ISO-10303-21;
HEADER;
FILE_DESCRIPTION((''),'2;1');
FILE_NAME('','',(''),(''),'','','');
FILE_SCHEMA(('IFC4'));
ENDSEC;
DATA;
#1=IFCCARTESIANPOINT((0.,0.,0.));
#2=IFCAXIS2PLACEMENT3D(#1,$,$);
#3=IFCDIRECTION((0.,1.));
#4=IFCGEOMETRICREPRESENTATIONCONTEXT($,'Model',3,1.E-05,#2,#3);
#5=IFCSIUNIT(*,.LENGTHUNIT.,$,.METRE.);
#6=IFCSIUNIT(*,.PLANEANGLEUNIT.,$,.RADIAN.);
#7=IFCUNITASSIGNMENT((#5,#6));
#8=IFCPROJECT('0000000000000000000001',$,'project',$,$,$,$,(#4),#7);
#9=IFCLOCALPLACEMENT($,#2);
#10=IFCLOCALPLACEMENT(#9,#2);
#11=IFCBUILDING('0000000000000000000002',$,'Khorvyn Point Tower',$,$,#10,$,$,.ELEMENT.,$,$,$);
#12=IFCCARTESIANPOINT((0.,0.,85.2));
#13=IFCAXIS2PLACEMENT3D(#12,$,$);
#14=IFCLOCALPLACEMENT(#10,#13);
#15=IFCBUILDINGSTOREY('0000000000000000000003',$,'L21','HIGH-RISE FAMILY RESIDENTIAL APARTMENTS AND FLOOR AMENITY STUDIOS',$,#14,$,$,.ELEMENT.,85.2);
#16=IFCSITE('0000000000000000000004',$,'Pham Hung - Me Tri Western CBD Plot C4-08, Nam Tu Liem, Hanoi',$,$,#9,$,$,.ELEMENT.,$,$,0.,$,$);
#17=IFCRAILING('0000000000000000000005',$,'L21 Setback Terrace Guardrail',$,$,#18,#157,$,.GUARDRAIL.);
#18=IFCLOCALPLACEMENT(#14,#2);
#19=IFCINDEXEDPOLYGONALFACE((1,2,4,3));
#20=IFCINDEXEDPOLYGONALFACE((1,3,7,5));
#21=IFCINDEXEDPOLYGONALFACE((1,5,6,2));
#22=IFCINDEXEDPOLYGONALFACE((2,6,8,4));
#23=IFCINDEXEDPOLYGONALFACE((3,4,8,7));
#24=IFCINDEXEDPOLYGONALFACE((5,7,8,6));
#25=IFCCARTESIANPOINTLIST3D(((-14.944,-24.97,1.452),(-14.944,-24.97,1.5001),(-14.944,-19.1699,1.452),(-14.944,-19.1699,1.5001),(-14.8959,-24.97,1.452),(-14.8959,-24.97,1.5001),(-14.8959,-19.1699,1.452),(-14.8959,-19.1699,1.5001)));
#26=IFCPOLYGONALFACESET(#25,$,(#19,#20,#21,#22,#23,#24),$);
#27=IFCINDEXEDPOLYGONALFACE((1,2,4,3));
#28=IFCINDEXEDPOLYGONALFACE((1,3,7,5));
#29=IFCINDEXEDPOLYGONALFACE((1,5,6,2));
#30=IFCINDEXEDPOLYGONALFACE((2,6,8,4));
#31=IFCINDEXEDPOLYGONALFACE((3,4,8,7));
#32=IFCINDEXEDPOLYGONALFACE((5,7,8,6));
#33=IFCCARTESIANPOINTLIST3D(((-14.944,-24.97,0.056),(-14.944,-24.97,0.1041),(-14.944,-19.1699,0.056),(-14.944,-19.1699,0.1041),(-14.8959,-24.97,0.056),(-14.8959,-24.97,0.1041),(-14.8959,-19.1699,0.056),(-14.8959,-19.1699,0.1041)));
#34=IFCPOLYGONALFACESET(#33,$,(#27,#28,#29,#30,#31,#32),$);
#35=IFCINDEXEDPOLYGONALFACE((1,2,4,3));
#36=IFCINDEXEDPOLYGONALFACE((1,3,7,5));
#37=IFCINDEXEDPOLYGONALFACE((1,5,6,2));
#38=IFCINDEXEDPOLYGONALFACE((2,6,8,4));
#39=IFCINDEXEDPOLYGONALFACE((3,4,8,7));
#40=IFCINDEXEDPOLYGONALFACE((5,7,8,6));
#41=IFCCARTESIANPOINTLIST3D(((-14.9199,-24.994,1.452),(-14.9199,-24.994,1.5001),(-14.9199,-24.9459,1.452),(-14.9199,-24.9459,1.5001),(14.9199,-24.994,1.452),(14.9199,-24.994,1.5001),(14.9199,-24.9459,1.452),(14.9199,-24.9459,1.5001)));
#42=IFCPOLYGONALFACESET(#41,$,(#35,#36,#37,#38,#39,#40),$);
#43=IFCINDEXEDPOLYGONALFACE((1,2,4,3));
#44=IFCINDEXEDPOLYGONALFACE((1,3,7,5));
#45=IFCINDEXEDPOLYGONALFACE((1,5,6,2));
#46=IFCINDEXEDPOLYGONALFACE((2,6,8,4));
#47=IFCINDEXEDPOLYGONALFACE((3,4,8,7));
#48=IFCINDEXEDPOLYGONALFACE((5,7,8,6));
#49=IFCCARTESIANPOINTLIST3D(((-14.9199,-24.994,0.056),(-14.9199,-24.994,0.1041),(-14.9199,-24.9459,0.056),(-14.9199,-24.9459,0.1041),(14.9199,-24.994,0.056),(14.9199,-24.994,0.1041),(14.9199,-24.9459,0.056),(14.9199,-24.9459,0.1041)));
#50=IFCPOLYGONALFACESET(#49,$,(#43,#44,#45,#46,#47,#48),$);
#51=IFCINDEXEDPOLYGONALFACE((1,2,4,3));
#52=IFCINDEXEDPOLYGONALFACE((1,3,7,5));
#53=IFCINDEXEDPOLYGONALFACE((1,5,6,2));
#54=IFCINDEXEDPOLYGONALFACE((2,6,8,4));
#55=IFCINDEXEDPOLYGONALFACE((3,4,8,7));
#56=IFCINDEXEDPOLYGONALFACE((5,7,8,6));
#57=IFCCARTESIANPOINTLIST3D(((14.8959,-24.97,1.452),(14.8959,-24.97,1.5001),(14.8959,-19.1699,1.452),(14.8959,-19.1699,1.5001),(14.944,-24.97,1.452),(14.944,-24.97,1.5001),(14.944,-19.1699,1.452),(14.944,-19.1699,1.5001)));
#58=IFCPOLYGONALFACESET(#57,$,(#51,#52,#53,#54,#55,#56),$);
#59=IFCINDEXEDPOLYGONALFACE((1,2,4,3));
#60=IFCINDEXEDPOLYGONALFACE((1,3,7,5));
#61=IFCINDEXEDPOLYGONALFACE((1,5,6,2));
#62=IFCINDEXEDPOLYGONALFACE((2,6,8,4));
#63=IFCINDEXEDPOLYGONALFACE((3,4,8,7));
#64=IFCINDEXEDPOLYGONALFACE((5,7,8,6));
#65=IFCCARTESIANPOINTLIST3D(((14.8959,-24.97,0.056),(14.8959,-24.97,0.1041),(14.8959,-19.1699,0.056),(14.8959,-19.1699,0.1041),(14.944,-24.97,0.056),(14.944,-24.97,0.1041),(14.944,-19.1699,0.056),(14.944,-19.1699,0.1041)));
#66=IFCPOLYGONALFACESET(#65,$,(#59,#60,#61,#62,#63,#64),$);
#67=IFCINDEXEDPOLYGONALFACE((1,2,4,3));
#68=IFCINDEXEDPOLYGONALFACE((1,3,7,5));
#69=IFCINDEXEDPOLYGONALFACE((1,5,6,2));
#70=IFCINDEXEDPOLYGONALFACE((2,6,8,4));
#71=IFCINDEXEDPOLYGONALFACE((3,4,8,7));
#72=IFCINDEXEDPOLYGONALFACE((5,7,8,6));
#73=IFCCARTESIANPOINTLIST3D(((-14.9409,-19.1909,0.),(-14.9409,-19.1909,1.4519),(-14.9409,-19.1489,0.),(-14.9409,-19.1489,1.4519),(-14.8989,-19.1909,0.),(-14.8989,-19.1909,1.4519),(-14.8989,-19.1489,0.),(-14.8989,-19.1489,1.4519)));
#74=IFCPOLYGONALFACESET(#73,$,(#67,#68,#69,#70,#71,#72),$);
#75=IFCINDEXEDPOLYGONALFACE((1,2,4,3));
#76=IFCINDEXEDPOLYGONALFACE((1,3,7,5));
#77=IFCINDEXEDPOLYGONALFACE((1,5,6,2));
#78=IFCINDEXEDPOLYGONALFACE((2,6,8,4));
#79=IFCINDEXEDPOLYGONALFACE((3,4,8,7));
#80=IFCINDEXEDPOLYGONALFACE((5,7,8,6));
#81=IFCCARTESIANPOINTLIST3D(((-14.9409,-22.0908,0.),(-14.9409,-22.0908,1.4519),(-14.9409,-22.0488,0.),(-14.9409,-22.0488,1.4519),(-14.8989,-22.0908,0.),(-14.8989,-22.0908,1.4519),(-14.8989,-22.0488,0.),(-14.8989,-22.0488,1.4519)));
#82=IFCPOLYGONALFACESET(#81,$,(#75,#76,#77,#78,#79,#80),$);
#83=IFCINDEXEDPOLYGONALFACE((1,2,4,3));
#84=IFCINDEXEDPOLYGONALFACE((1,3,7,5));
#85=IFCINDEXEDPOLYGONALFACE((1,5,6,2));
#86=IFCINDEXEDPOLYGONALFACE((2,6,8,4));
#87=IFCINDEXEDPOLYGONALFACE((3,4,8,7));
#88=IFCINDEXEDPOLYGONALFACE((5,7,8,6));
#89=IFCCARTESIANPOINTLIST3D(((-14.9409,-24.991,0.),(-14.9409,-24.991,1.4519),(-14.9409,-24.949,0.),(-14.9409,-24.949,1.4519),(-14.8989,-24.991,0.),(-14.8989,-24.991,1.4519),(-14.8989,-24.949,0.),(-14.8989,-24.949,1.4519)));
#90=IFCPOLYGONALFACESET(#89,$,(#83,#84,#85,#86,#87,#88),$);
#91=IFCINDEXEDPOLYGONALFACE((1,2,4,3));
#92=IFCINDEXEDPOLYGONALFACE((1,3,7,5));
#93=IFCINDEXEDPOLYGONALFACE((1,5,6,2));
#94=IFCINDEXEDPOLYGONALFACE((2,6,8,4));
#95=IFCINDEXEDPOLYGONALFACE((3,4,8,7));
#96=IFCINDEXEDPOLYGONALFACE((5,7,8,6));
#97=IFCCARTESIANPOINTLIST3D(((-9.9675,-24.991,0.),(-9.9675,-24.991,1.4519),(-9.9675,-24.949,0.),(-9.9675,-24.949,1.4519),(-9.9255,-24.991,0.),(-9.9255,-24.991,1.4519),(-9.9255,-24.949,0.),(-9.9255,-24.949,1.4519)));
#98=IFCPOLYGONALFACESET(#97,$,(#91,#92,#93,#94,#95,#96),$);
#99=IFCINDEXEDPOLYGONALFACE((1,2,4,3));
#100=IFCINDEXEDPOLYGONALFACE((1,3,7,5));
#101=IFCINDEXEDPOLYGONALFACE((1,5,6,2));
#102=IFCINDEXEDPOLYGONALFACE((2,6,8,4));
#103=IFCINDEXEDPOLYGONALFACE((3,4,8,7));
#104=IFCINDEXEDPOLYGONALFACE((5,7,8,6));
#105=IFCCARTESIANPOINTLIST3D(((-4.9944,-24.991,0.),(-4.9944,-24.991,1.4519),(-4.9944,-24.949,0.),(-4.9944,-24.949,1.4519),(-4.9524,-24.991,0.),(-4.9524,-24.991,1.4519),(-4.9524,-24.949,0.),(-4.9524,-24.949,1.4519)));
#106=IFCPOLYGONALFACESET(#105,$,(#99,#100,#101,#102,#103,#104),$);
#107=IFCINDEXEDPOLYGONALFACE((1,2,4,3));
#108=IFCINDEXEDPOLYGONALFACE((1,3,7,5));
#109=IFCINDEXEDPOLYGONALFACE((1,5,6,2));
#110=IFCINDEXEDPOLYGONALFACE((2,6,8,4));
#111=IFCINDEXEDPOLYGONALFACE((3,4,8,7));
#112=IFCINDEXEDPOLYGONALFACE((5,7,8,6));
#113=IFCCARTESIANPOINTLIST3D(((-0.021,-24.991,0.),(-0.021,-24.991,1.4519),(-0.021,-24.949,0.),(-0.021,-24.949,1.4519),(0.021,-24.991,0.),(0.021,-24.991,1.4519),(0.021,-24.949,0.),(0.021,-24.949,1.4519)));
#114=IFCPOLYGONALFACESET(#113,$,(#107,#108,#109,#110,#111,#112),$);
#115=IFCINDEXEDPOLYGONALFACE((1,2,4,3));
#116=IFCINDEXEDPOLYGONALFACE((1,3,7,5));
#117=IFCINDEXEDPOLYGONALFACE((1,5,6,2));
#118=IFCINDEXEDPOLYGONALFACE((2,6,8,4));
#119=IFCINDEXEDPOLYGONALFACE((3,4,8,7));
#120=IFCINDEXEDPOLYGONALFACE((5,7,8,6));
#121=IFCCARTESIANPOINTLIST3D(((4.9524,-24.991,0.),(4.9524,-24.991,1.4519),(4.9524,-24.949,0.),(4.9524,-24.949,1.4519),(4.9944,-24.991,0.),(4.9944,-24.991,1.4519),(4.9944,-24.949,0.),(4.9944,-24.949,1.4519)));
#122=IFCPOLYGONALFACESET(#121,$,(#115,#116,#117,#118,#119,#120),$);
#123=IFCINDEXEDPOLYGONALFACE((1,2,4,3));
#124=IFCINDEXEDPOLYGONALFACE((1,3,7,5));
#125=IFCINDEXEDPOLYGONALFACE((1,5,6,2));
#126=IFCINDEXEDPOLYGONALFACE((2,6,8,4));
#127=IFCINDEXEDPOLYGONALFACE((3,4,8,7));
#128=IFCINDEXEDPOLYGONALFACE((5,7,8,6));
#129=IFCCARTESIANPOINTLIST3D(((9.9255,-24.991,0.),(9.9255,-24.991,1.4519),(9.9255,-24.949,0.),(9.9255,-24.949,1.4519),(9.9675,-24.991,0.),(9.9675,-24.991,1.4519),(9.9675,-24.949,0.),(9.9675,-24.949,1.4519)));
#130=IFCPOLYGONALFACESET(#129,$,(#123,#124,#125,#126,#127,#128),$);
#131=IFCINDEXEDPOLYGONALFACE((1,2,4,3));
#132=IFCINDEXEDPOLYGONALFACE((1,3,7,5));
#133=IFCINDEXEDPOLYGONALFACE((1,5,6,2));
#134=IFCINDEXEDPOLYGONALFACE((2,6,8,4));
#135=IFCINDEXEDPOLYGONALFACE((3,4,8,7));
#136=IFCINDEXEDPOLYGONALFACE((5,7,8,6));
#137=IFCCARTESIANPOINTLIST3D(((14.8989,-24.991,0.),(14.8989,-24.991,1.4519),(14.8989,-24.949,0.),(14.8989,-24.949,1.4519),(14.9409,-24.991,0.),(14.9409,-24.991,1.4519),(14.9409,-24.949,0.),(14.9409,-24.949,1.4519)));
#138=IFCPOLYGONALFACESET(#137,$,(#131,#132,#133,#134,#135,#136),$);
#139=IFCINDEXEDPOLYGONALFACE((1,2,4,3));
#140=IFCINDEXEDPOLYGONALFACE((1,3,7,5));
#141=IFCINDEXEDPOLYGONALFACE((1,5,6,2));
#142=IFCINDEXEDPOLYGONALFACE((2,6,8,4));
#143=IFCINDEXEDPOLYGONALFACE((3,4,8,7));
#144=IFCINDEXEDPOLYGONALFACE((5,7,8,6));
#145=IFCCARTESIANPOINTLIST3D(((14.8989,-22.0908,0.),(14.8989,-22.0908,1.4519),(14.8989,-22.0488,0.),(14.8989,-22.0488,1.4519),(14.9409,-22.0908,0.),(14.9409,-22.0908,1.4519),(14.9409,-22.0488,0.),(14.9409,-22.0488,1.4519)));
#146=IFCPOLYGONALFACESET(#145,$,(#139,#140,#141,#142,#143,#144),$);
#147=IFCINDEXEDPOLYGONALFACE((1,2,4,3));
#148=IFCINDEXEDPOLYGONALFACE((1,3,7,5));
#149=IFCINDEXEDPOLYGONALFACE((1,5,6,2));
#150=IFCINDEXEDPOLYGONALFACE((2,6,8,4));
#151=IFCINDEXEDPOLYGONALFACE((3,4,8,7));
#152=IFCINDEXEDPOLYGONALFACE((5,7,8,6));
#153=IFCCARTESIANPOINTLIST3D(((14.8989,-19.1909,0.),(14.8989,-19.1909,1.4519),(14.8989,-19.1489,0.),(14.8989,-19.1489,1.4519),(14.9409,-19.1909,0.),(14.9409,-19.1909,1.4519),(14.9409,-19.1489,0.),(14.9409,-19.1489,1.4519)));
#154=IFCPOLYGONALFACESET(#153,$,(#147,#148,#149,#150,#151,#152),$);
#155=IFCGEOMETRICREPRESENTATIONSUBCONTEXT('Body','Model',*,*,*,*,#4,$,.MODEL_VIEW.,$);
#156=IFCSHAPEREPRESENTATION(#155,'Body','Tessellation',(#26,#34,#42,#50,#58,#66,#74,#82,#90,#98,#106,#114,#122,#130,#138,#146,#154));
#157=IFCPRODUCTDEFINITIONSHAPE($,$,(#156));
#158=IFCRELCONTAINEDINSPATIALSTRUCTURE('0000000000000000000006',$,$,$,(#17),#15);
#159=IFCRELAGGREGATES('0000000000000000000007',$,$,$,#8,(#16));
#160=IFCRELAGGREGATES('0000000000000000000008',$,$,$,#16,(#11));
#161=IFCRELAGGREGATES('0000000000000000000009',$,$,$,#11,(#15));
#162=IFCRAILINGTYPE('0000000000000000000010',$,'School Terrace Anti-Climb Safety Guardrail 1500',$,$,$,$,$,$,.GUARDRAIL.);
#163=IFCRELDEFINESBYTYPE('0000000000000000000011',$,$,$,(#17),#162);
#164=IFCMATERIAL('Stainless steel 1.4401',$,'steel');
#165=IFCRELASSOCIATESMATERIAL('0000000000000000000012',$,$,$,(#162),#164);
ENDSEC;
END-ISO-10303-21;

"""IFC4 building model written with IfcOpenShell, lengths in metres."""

from ifc_helpers import new_model, si_unit, direction, frame, origin, origin_2d, place, context, subcontext, project, spatial, rectangle, extrude, material, type_object, element, save


model = new_model("IFC4")

# Units and contexts
model_context = context("Model", 3, precision=1e-05, world=origin(), true_north=direction((0.0, 1.0)))
body_context = subcontext(model_context, "Body", "Model", "MODEL_VIEW")
ifc_project = project(units=[si_unit("LENGTHUNIT", "METRE"), si_unit("PLANEANGLEUNIT", "RADIAN")], contexts=[model_context])

# Site, building, storey
site_placement = place(None, origin())
site = spatial("IfcSite", under=ifc_project, at=site_placement, Name="Pham Hung - Me Tri Western CBD Plot C4-08, Nam Tu Liem, Hanoi", CompositionType="ELEMENT", RefElevation=0.0)
building_placement = place(site_placement, origin())
building = spatial("IfcBuilding", under=site, at=building_placement, Name="Khorvyn Point Tower", CompositionType="ELEMENT")
storey_placement = place(building_placement, frame((0.0, 0.0, 85.2)))
storey = spatial("IfcBuildingStorey", under=building, at=storey_placement, Name="L21", Description="HIGH-RISE FAMILY RESIDENTIAL APARTMENTS AND FLOOR AMENITY STUDIOS", CompositionType="ELEMENT", Elevation=85.2)

# Railing
ifc_material_1 = material(Name="Stainless steel 1.4401", Category="steel")
railing_type_1 = type_object("IfcRailingType", Name="School Terrace Anti-Climb Safety Guardrail 1500", PredefinedType="GUARDRAIL", material=ifc_material_1)
railing_1_placement = place(storey_placement, frame((-14.9199, -19.1699, 0.0)))
element("IfcRailing", 1, at=railing_1_placement, inside=storey, type_object=railing_type_1, Name="L21 Setback Terrace Guardrail", PredefinedType="GUARDRAIL", context=body_context, shape_type="SweptSolid", body=[
    extrude(rectangle(XDim=0.0481, YDim=0.0481, at=origin_2d()), frame((0.0, 0.0, 1.4761), z_axis=(0.0, -1.0, 0.0), x_axis=(1.0, 0.0, 0.0)), (0.0, 0.0, 1.0), 5.8),
    extrude(rectangle(XDim=0.0481, YDim=0.0481, at=origin_2d()), frame((0.0, 0.0, 0.0801), z_axis=(0.0, -1.0, 0.0), x_axis=(1.0, 0.0, 0.0)), (0.0, 0.0, 1.0), 5.8),
    extrude(rectangle(XDim=0.0481, YDim=0.0481, at=origin_2d()), frame((0.0, -5.8, 1.4761), z_axis=(1.0, 0.0, 0.0), x_axis=(0.0, 1.0, 0.0)), (0.0, 0.0, 1.0), 29.8398),
    extrude(rectangle(XDim=0.0481, YDim=0.0481, at=origin_2d()), frame((0.0, -5.8, 0.0801), z_axis=(1.0, 0.0, 0.0), x_axis=(0.0, 1.0, 0.0)), (0.0, 0.0, 1.0), 29.8398),
    extrude(rectangle(XDim=0.0481, YDim=0.0481, at=origin_2d()), frame((29.8398, -5.8, 1.4761), z_axis=(0.0, 1.0, 0.0), x_axis=(-1.0, 0.0, 0.0)), (0.0, 0.0, 1.0), 5.8),
    extrude(rectangle(XDim=0.0481, YDim=0.0481, at=origin_2d()), frame((29.8398, -5.8, 0.0801), z_axis=(0.0, 1.0, 0.0), x_axis=(-1.0, 0.0, 0.0)), (0.0, 0.0, 1.0), 5.8),
    extrude(rectangle(XDim=0.042, YDim=0.042, at=origin_2d()), origin(), (0.0, 0.0, 1.0), 1.4519),
    extrude(rectangle(XDim=0.042, YDim=0.042, at=origin_2d()), frame((0.0, -2.8999, 0.0)), (0.0, 0.0, 1.0), 1.4519),
    extrude(rectangle(XDim=0.042, YDim=0.042, at=origin_2d()), frame((0.0, -5.8, 0.0)), (0.0, 0.0, 1.0), 1.4519),
    extrude(rectangle(XDim=0.042, YDim=0.042, at=origin_2d()), frame((4.9734, -5.8, 0.0)), (0.0, 0.0, 1.0), 1.4519),
    extrude(rectangle(XDim=0.042, YDim=0.042, at=origin_2d()), frame((9.9465, -5.8, 0.0)), (0.0, 0.0, 1.0), 1.4519),
    extrude(rectangle(XDim=0.042, YDim=0.042, at=origin_2d()), frame((14.9199, -5.8, 0.0)), (0.0, 0.0, 1.0), 1.4519),
    extrude(rectangle(XDim=0.042, YDim=0.042, at=origin_2d()), frame((19.8933, -5.8, 0.0)), (0.0, 0.0, 1.0), 1.4519),
    extrude(rectangle(XDim=0.042, YDim=0.042, at=origin_2d()), frame((24.8665, -5.8, 0.0)), (0.0, 0.0, 1.0), 1.4519),
    extrude(rectangle(XDim=0.042, YDim=0.042, at=origin_2d()), frame((29.8398, -5.8, 0.0)), (0.0, 0.0, 1.0), 1.4519),
    extrude(rectangle(XDim=0.042, YDim=0.042, at=origin_2d()), frame((29.8398, -2.8999, 0.0)), (0.0, 0.0, 1.0), 1.4519),
    extrude(rectangle(XDim=0.042, YDim=0.042, at=origin_2d()), frame((29.8398, 0.0, 0.0)), (0.0, 0.0, 1.0), 1.4519),
])

save(model, "model.ifc")
